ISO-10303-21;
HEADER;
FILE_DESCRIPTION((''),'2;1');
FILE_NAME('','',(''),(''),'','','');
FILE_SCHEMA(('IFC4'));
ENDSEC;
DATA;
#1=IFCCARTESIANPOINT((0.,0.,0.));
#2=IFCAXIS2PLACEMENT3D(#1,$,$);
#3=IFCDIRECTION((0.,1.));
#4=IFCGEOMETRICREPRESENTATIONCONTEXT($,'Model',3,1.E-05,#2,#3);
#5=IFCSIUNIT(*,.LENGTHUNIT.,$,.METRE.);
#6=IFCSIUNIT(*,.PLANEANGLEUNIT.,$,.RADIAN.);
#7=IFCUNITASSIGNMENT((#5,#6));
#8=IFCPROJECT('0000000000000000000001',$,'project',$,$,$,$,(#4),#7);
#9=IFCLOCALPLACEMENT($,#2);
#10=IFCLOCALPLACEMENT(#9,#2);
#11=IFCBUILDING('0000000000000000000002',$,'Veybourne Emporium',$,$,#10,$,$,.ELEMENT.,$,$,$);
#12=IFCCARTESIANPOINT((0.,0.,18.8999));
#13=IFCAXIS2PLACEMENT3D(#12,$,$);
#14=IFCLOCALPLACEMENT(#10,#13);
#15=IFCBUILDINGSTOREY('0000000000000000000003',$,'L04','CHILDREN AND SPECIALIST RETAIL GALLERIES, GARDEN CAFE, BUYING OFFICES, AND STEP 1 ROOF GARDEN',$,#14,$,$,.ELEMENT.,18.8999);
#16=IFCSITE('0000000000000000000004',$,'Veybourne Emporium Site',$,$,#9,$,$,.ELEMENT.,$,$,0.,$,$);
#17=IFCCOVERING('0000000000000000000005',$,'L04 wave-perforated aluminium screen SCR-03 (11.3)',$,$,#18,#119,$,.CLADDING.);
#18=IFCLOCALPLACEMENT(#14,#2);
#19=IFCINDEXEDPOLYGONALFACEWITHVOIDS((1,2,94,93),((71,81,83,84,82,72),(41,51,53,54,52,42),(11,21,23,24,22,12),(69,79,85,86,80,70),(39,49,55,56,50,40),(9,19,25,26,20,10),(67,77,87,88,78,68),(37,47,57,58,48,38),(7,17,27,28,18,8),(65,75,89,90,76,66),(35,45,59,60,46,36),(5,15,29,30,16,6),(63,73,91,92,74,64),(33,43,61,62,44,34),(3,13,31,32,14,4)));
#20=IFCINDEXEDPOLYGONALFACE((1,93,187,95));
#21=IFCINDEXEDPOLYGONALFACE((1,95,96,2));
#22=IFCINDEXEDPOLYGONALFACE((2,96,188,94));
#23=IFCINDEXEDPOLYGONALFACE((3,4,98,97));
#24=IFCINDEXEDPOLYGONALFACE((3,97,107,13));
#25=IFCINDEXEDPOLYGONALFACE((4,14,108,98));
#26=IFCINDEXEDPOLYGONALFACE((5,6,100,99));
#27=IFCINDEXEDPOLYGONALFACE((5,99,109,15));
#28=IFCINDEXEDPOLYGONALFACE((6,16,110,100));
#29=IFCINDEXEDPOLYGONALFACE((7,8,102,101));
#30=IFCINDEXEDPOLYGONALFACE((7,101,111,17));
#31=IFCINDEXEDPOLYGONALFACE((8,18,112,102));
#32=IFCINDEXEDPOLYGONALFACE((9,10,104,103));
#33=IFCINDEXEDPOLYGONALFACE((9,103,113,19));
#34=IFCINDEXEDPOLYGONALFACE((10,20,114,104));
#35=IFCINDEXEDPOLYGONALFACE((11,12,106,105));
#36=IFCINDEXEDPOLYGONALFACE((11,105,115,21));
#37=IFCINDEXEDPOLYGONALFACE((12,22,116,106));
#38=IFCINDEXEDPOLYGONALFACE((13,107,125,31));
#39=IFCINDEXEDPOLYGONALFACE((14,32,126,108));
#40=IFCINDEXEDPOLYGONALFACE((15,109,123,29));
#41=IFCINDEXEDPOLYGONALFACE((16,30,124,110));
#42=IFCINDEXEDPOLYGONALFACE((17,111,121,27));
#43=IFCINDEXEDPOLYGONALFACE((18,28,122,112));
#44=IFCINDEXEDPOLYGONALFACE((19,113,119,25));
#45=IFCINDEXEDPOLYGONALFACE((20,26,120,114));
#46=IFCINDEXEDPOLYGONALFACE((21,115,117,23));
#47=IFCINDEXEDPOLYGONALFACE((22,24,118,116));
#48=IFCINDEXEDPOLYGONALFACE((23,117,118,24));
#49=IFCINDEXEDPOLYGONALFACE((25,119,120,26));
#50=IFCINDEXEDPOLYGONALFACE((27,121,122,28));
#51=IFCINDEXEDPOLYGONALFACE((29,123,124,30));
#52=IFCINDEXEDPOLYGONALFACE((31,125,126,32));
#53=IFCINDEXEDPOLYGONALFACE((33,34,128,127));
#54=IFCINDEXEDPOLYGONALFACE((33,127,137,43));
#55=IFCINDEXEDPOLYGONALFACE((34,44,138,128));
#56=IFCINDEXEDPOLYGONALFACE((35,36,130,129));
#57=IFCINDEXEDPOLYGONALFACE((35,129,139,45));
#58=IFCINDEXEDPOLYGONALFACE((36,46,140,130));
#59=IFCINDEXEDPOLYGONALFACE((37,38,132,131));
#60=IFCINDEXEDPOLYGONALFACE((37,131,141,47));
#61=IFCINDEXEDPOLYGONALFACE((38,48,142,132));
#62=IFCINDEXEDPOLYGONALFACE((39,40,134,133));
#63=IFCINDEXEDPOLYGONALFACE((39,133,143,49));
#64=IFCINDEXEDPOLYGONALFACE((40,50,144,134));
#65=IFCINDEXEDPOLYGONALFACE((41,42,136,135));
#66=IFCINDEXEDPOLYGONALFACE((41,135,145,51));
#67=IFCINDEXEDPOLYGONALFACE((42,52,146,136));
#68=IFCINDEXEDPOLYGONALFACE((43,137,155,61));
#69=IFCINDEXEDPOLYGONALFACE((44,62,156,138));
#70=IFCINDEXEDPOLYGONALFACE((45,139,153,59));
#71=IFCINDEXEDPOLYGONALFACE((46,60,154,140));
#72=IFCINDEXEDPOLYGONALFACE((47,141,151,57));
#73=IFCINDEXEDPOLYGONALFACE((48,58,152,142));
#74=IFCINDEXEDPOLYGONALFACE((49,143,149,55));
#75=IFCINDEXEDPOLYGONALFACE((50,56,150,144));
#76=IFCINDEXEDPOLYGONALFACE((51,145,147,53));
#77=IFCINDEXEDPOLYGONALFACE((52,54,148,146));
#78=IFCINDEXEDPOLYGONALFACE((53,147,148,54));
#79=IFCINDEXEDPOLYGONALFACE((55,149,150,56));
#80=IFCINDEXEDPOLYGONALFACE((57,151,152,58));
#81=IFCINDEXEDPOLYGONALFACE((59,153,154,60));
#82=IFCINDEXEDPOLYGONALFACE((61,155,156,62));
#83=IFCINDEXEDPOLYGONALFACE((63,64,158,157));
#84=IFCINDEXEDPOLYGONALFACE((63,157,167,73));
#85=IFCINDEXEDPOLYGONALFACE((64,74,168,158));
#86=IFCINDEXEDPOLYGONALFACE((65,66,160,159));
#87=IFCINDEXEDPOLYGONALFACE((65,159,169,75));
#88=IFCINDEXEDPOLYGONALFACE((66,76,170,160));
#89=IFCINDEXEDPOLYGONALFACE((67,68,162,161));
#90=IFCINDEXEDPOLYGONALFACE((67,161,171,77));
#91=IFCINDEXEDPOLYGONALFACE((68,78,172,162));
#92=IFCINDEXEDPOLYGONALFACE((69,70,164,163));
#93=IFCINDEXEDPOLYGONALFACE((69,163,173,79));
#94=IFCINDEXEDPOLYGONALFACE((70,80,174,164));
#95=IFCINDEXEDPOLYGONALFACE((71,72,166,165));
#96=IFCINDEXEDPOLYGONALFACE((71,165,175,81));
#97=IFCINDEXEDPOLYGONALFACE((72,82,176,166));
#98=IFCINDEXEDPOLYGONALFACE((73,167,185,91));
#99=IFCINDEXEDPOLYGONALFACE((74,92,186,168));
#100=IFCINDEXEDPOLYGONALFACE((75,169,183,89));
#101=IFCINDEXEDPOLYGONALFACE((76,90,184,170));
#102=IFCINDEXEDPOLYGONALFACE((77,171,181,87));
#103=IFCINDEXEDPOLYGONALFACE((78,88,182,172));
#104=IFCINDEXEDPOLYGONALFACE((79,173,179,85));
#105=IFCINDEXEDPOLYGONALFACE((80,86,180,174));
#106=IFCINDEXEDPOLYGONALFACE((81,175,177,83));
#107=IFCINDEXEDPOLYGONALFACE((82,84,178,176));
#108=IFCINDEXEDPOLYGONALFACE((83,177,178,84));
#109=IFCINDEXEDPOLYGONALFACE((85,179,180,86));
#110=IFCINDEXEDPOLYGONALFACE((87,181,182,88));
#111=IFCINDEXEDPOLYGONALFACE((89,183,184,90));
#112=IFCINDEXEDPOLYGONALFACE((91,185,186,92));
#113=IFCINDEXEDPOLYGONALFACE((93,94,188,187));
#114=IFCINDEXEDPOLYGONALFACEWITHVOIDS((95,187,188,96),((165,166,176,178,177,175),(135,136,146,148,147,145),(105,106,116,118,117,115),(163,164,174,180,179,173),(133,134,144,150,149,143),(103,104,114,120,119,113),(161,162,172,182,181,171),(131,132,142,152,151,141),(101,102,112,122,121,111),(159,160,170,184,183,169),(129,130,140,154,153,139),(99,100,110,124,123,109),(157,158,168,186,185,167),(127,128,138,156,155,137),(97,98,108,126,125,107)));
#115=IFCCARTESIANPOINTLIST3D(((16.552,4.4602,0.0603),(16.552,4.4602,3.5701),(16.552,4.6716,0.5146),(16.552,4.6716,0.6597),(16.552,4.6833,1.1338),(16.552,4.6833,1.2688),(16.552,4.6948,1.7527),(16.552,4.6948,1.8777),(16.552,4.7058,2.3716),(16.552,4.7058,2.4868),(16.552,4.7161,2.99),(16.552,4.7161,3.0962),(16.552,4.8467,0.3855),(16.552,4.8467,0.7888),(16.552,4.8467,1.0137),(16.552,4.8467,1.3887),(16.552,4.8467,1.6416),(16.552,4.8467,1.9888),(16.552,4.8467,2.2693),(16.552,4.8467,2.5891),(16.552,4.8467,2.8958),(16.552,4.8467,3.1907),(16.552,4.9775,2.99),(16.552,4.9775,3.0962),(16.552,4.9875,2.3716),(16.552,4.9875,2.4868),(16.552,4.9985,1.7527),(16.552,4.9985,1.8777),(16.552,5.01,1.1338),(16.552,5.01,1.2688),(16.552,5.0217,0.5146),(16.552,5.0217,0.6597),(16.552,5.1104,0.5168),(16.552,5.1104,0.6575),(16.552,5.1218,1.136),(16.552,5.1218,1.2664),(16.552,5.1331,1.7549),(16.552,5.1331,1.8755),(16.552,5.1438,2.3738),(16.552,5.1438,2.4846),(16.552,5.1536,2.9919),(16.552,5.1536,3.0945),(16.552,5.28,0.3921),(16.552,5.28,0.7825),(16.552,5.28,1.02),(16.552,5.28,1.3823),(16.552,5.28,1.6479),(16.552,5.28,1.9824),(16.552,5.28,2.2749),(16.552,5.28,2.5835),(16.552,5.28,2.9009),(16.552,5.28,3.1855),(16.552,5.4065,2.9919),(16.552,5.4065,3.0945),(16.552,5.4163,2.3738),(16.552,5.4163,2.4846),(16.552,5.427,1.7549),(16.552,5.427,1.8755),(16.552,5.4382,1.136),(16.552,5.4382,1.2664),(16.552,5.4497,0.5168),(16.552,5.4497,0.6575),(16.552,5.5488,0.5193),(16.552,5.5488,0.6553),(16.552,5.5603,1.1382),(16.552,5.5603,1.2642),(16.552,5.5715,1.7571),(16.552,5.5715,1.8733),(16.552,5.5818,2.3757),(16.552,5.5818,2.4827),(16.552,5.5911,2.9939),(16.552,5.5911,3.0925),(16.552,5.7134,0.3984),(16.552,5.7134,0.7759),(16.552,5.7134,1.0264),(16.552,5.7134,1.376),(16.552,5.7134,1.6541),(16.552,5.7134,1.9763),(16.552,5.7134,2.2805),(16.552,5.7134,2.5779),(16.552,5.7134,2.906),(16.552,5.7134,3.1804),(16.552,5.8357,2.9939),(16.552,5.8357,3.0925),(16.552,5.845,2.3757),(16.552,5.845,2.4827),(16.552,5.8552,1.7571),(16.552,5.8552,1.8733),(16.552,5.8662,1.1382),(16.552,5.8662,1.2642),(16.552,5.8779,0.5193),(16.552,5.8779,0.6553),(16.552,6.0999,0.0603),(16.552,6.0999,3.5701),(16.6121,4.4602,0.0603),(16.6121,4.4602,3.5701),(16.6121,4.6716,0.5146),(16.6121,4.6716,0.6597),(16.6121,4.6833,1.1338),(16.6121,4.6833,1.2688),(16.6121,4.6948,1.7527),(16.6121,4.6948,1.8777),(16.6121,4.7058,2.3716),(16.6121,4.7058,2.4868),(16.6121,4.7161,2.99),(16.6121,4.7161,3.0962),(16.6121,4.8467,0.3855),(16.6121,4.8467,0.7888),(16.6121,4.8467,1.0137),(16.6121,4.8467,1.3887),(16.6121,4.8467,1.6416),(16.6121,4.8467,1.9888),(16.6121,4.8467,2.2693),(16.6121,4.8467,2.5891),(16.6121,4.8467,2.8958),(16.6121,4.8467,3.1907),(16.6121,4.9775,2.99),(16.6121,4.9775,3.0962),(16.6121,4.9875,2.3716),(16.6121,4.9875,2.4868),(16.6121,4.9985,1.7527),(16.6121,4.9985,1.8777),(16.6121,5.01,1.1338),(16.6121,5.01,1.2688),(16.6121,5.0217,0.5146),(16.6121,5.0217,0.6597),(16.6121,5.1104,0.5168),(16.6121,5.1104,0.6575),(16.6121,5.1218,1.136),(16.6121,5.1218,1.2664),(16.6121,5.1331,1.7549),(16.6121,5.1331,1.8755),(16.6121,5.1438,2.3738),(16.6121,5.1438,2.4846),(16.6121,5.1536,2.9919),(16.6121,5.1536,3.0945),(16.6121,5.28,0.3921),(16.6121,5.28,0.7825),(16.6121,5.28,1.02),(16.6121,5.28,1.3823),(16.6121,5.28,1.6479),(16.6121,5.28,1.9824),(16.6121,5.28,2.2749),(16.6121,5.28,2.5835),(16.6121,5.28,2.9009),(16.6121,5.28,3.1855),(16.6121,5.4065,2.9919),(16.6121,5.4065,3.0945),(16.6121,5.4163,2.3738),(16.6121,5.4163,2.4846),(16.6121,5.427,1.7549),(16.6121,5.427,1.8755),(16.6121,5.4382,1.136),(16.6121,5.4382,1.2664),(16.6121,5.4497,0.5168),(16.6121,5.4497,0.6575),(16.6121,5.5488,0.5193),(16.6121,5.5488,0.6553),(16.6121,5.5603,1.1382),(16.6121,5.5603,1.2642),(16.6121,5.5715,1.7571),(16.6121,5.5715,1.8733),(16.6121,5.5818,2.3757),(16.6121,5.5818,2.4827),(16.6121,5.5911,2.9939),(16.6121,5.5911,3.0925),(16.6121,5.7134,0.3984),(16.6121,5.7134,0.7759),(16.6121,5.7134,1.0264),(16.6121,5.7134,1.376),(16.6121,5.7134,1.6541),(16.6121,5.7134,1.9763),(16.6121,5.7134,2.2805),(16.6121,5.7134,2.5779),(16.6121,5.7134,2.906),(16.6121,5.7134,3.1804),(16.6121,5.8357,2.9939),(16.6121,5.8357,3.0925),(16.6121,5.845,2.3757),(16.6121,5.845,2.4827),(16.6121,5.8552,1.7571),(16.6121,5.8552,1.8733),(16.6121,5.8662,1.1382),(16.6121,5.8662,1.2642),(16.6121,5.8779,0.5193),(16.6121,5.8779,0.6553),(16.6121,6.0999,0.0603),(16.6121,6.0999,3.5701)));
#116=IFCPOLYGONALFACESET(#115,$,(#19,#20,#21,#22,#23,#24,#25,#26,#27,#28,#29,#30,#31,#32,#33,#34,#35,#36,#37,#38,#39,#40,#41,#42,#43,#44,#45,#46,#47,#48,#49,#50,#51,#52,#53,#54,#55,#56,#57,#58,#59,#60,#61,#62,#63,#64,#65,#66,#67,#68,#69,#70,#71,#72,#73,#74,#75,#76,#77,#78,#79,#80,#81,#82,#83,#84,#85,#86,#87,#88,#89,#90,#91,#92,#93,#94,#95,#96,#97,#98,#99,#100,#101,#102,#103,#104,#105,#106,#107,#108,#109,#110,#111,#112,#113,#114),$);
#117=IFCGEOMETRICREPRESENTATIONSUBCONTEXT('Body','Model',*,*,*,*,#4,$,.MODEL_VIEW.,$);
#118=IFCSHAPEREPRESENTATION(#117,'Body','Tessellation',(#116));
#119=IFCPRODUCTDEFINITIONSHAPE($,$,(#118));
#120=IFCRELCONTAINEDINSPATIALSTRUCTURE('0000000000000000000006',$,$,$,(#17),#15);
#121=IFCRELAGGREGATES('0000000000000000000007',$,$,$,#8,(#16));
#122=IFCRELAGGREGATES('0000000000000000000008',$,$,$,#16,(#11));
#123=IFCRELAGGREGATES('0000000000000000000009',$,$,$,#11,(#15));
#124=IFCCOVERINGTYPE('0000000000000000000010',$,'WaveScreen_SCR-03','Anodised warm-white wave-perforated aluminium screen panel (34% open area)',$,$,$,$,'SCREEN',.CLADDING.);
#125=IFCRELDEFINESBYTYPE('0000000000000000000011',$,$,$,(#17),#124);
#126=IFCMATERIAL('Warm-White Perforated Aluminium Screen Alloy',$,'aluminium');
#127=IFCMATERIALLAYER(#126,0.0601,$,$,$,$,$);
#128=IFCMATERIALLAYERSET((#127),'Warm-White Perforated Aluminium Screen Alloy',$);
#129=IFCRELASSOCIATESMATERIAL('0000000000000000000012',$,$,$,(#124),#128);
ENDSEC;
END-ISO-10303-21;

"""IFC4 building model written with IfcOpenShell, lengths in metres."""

from ifc_helpers import new_model, si_unit, direction, frame, origin, place, context, subcontext, project, spatial, polyline, outline, extrude, material, layer, layer_set, type_object, element, save


model = new_model("IFC4")

# Units and contexts
model_context = context("Model", 3, precision=1e-05, world=origin(), true_north=direction((0.0, 1.0)))
body_context = subcontext(model_context, "Body", "Model", "MODEL_VIEW")
ifc_project = project(units=[si_unit("LENGTHUNIT", "METRE"), si_unit("PLANEANGLEUNIT", "RADIAN")], contexts=[model_context])

# Site, building, storey
site_placement = place(None, origin())
site = spatial("IfcSite", under=ifc_project, at=site_placement, Name="Veybourne Emporium Site", CompositionType="ELEMENT", RefElevation=0.0)
building_placement = place(site_placement, origin())
building = spatial("IfcBuilding", under=site, at=building_placement, Name="Veybourne Emporium", CompositionType="ELEMENT")
storey_placement = place(building_placement, frame((0.0, 0.0, 18.8999)))
storey = spatial("IfcBuildingStorey", under=building, at=storey_placement, Name="L04", Description="CHILDREN AND SPECIALIST RETAIL GALLERIES, GARDEN CAFE, BUYING OFFICES, AND STEP 1 ROOF GARDEN", CompositionType="ELEMENT", Elevation=18.8999)

# Covering
ifc_material_1 = material(Name="Warm-White Perforated Aluminium Screen Alloy", Category="aluminium")
ifc_layer_1 = layer(ifc_material_1, 0.0601)
ifc_layer_set_1 = layer_set([ifc_layer_1], Name="Warm-White Perforated Aluminium Screen Alloy")
covering_type_1 = type_object("IfcCoveringType", Name="WaveScreen_SCR-03", Description="Anodised warm-white wave-perforated aluminium screen panel (34% open area)", ElementType="SCREEN", PredefinedType="CLADDING", material=ifc_layer_set_1)
covering_1_placement = place(storey_placement, frame((16.552, 5.28, 1.8152), z_axis=(1.0, 0.0, 0.0), x_axis=(0.0, 1.0, 0.0)))
element("IfcCovering", 1, at=covering_1_placement, inside=storey, type_object=covering_type_1, Name="L04 wave-perforated aluminium screen SCR-03 (11.3)", PredefinedType="CLADDING", context=body_context, shape_type="SweptSolid", body=[
    extrude(outline(polyline([(-0.8198, -1.7549), (0.8198, -1.7549), (0.8198, 1.7549), (-0.8198, 1.7549), (-0.8198, -1.7549)]), holes=[polyline([(-0.4333, -1.0264), (-0.2583, -1.1555), (-0.2583, -1.3005), (-0.4333, -1.4297), (-0.6084, -1.3005), (-0.6084, -1.1555), (-0.4333, -1.0264)]), polyline([(-0.4333, -0.4265), (-0.27, -0.5464), (-0.27, -0.6814), (-0.4333, -0.8015), (-0.5967, -0.6814), (-0.5967, -0.5464), (-0.4333, -0.4265)]), polyline([(-0.4333, 0.1736), (-0.2815, 0.0625), (-0.2815, -0.0625), (-0.4333, -0.1736), (-0.5852, -0.0625), (-0.5852, 0.0625), (-0.4333, 0.1736)]), polyline([(-0.4333, 0.7739), (-0.2925, 0.6716), (-0.2925, 0.5564), (-0.4333, 0.4541), (-0.5742, 0.5564), (-0.5742, 0.6716), (-0.4333, 0.7739)]), polyline([(-0.4333, 1.3755), (-0.3025, 1.281), (-0.3025, 1.1748), (-0.4333, 1.0806), (-0.564, 1.1748), (-0.564, 1.281), (-0.4333, 1.3755)]), polyline([(0.0, -1.0327), (0.1697, -1.1577), (0.1697, -1.2983), (0.0, -1.4231), (-0.1697, -1.2983), (-0.1697, -1.1577), (0.0, -1.0327)]), polyline([(0.0, -0.4329), (0.1582, -0.5488), (0.1582, -0.6792), (0.0, -0.7952), (-0.1582, -0.6792), (-0.1582, -0.5488), (0.0, -0.4329)]), polyline([(0.0, 0.1672), (0.147, 0.0603), (0.147, -0.0603), (0.0, -0.1672), (-0.147, -0.0603), (-0.147, 0.0603), (0.0, 0.1672)]), polyline([(0.0, 0.7683), (0.1362, 0.6694), (0.1362, 0.5586), (0.0, 0.4597), (-0.1362, 0.5586), (-0.1362, 0.6694), (0.0, 0.7683)]), polyline([(0.0, 1.3704), (0.1265, 1.2793), (0.1265, 1.1768), (0.0, 1.0857), (-0.1265, 1.1768), (-0.1265, 1.2793), (0.0, 1.3704)]), polyline([(0.4333, -1.0393), (0.5979, -1.1599), (0.5979, -1.2959), (0.4333, -1.4167), (0.2688, -1.2959), (0.2688, -1.1599), (0.4333, -1.0393)]), polyline([(0.4333, -0.4392), (0.5862, -0.551), (0.5862, -0.677), (0.4333, -0.7888), (0.2803, -0.677), (0.2803, -0.551), (0.4333, -0.4392)]), polyline([(0.4333, 0.1611), (0.5752, 0.0581), (0.5752, -0.0581), (0.4333, -0.1611), (0.2915, -0.0581), (0.2915, 0.0581), (0.4333, 0.1611)]), polyline([(0.4333, 0.7627), (0.5649, 0.6675), (0.5649, 0.5605), (0.4333, 0.4653), (0.3018, 0.5605), (0.3018, 0.6675), (0.4333, 0.7627)]), polyline([(0.4333, 1.3652), (0.5557, 1.2773), (0.5557, 1.1787), (0.4333, 1.0908), (0.311, 1.1787), (0.311, 1.2773), (0.4333, 1.3652)])]), origin(), (0.0, 0.0, 1.0), 0.0601),
])

save(model, "model.ifc")
